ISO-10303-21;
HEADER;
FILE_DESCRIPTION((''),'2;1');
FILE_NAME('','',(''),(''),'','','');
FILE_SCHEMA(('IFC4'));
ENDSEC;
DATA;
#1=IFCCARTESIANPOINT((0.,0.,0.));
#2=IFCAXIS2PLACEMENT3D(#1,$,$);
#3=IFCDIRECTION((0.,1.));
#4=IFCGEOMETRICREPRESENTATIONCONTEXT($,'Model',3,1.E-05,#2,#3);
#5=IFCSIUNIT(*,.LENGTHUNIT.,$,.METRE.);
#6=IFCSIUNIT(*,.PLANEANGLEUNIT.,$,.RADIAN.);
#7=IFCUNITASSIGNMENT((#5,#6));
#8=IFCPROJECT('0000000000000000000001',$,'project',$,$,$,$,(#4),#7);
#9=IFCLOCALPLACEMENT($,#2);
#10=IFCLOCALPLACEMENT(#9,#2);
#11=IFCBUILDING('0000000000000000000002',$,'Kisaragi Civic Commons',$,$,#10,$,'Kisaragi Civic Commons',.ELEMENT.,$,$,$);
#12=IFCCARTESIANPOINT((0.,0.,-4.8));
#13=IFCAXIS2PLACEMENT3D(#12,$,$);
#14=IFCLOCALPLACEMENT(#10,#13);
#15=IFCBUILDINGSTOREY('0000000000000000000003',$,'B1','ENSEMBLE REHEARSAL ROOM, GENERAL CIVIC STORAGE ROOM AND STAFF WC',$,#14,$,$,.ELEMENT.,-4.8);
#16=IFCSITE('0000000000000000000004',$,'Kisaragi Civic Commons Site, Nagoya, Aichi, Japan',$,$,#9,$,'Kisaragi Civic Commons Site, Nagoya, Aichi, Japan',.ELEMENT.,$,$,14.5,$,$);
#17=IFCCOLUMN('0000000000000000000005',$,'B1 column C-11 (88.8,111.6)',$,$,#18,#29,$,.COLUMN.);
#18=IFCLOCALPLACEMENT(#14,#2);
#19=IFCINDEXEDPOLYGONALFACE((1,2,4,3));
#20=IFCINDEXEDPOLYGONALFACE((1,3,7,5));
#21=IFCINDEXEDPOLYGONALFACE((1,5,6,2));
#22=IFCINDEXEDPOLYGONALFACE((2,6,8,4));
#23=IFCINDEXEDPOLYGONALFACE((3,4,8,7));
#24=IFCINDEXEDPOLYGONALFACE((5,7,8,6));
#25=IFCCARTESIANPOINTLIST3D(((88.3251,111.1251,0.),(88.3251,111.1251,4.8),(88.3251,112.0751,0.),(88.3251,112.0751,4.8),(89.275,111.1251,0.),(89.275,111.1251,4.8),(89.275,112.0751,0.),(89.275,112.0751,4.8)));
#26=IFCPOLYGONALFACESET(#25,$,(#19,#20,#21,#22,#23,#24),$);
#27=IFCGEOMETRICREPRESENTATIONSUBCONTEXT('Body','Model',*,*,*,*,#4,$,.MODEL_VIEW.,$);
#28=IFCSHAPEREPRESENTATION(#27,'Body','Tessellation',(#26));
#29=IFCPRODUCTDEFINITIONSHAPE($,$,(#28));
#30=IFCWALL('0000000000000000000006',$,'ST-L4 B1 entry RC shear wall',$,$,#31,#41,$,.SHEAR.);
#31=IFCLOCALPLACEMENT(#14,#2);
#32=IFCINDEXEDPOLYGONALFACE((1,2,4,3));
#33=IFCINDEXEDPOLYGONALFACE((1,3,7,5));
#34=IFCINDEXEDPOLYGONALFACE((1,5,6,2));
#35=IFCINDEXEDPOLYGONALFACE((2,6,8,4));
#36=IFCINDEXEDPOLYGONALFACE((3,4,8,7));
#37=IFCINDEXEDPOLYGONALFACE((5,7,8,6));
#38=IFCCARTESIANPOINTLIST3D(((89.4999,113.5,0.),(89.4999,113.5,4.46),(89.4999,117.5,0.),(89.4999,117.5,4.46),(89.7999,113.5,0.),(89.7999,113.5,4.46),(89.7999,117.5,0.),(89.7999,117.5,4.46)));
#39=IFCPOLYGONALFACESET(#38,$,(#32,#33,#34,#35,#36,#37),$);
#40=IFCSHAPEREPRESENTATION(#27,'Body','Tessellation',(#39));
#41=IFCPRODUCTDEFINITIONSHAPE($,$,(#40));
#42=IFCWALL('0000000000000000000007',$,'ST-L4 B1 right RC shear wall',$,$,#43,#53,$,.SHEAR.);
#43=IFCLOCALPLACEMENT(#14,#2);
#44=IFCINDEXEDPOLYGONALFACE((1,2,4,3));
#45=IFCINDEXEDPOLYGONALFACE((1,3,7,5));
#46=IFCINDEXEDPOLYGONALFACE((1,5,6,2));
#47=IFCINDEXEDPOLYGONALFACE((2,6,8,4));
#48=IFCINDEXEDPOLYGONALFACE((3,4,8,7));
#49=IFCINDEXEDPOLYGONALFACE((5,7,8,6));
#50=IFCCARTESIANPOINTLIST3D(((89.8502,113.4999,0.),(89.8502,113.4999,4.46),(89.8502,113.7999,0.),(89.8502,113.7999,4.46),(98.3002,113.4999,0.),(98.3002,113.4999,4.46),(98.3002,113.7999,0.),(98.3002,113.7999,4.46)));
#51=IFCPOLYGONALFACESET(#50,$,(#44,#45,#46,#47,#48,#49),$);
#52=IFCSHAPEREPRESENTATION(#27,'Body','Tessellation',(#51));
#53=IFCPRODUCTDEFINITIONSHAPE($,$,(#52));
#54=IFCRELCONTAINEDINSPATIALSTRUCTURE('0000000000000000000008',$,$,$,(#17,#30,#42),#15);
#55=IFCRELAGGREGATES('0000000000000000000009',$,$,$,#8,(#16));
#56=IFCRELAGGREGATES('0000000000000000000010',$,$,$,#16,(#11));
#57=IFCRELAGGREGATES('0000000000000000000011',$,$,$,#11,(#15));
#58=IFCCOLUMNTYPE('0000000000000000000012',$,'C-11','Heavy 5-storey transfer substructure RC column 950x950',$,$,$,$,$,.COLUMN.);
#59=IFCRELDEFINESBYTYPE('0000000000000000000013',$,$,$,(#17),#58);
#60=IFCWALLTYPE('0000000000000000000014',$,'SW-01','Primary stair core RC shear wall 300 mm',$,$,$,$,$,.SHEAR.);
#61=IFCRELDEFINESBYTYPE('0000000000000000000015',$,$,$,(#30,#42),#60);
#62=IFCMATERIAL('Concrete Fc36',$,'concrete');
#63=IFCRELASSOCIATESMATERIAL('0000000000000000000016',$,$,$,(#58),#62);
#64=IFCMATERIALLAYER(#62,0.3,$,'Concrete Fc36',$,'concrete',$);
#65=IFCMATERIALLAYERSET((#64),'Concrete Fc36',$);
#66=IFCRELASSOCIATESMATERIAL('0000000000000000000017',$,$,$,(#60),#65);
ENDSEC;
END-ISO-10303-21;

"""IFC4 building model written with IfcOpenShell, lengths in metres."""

from ifc_helpers import new_model, si_unit, direction, frame, frame_2d, origin, origin_2d, place, context, subcontext, project, spatial, rectangle, extrude, material, layer, layer_set, material_profile, profile_set, type_object, element, save


model = new_model("IFC4")

# Units and contexts
model_context = context("Model", 3, precision=1e-05, world=origin(), true_north=direction((0.0, 1.0)))
body_context = subcontext(model_context, "Body", "Model", "MODEL_VIEW")
ifc_project = project(units=[si_unit("LENGTHUNIT", "METRE"), si_unit("PLANEANGLEUNIT", "RADIAN")], contexts=[model_context])

# Site, building, storey
site_placement = place(None, origin())
site = spatial("IfcSite", under=ifc_project, at=site_placement, Name="Kisaragi Civic Commons Site, Nagoya, Aichi, Japan", LongName="Kisaragi Civic Commons Site, Nagoya, Aichi, Japan", CompositionType="ELEMENT", RefElevation=14.5)
building_placement = place(site_placement, origin())
building = spatial("IfcBuilding", under=site, at=building_placement, Name="Kisaragi Civic Commons", LongName="Kisaragi Civic Commons", CompositionType="ELEMENT")
storey_placement = place(building_placement, frame((0.0, 0.0, -4.8)))
storey = spatial("IfcBuildingStorey", under=building, at=storey_placement, Name="B1", Description="ENSEMBLE REHEARSAL ROOM, GENERAL CIVIC STORAGE ROOM AND STAFF WC", CompositionType="ELEMENT", Elevation=-4.8)

# Shared definitions
ifc_material_1 = material(Name="Concrete Fc36", Category="concrete")

# Column
ifc_material_profile_1 = material_profile(ifc_material_1, rectangle(XDim=0.95, YDim=0.95, at=origin_2d()), Name="RC-950x950", Category="concrete")
ifc_profile_set_1 = profile_set([ifc_material_profile_1], Name="Concrete Fc36")
column_type_1 = type_object("IfcColumnType", Name="C-11", Description="Heavy 5-storey transfer substructure RC column 950x950", PredefinedType="COLUMN", material=ifc_profile_set_1)
column_1_placement = place(storey_placement, frame((88.8, 111.6001, 0.0), z_axis=(0.0, 0.0, 1.0), x_axis=(1.0, 0.0, 0.0)))
element("IfcColumn", 1, at=column_1_placement, inside=storey, type_object=column_type_1, Name="B1 column C-11 (88.8,111.6)", PredefinedType="COLUMN", context=body_context, shape_type="SweptSolid", body=[
    extrude(rectangle(XDim=0.95, YDim=0.95, at=origin_2d()), origin(), (0.0, 0.0, 1.0), 4.8),
])

# Walls
ifc_layer = layer(ifc_material_1, 0.3, Name="Concrete Fc36", Category="concrete")
ifc_layer_set = layer_set([ifc_layer], Name="Concrete Fc36")
wall_type = type_object("IfcWallType", Name="SW-01", Description="Primary stair core RC shear wall 300 mm", PredefinedType="SHEAR", material=ifc_layer_set)
wall_1_placement = place(storey_placement, frame((89.6499, 117.5, 0.0), z_axis=(0.0, 0.0, 1.0), x_axis=(0.0, -1.0, 0.0)))
element("IfcWall", 2, at=wall_1_placement, inside=storey, type_object=wall_type, Name="ST-L4 B1 entry RC shear wall", PredefinedType="SHEAR", context=body_context, shape_type="SweptSolid", body=[
    extrude(rectangle(XDim=4.0, YDim=0.3, at=frame_2d((2.0, 0.0))), origin(), (0.0, 0.0, 1.0), 4.46),
])
wall_2_placement = place(storey_placement, frame((89.8501, 113.6499, 0.0), z_axis=(0.0, 0.0, 1.0), x_axis=(1.0, 0.0, 0.0)))
element("IfcWall", 3, at=wall_2_placement, inside=storey, type_object=wall_type, Name="ST-L4 B1 right RC shear wall", PredefinedType="SHEAR", context=body_context, shape_type="SweptSolid", body=[
    extrude(rectangle(XDim=8.45, YDim=0.3, at=frame_2d((4.2251, 0.0))), origin(), (0.0, 0.0, 1.0), 4.46),
])

save(model, "model.ifc")
